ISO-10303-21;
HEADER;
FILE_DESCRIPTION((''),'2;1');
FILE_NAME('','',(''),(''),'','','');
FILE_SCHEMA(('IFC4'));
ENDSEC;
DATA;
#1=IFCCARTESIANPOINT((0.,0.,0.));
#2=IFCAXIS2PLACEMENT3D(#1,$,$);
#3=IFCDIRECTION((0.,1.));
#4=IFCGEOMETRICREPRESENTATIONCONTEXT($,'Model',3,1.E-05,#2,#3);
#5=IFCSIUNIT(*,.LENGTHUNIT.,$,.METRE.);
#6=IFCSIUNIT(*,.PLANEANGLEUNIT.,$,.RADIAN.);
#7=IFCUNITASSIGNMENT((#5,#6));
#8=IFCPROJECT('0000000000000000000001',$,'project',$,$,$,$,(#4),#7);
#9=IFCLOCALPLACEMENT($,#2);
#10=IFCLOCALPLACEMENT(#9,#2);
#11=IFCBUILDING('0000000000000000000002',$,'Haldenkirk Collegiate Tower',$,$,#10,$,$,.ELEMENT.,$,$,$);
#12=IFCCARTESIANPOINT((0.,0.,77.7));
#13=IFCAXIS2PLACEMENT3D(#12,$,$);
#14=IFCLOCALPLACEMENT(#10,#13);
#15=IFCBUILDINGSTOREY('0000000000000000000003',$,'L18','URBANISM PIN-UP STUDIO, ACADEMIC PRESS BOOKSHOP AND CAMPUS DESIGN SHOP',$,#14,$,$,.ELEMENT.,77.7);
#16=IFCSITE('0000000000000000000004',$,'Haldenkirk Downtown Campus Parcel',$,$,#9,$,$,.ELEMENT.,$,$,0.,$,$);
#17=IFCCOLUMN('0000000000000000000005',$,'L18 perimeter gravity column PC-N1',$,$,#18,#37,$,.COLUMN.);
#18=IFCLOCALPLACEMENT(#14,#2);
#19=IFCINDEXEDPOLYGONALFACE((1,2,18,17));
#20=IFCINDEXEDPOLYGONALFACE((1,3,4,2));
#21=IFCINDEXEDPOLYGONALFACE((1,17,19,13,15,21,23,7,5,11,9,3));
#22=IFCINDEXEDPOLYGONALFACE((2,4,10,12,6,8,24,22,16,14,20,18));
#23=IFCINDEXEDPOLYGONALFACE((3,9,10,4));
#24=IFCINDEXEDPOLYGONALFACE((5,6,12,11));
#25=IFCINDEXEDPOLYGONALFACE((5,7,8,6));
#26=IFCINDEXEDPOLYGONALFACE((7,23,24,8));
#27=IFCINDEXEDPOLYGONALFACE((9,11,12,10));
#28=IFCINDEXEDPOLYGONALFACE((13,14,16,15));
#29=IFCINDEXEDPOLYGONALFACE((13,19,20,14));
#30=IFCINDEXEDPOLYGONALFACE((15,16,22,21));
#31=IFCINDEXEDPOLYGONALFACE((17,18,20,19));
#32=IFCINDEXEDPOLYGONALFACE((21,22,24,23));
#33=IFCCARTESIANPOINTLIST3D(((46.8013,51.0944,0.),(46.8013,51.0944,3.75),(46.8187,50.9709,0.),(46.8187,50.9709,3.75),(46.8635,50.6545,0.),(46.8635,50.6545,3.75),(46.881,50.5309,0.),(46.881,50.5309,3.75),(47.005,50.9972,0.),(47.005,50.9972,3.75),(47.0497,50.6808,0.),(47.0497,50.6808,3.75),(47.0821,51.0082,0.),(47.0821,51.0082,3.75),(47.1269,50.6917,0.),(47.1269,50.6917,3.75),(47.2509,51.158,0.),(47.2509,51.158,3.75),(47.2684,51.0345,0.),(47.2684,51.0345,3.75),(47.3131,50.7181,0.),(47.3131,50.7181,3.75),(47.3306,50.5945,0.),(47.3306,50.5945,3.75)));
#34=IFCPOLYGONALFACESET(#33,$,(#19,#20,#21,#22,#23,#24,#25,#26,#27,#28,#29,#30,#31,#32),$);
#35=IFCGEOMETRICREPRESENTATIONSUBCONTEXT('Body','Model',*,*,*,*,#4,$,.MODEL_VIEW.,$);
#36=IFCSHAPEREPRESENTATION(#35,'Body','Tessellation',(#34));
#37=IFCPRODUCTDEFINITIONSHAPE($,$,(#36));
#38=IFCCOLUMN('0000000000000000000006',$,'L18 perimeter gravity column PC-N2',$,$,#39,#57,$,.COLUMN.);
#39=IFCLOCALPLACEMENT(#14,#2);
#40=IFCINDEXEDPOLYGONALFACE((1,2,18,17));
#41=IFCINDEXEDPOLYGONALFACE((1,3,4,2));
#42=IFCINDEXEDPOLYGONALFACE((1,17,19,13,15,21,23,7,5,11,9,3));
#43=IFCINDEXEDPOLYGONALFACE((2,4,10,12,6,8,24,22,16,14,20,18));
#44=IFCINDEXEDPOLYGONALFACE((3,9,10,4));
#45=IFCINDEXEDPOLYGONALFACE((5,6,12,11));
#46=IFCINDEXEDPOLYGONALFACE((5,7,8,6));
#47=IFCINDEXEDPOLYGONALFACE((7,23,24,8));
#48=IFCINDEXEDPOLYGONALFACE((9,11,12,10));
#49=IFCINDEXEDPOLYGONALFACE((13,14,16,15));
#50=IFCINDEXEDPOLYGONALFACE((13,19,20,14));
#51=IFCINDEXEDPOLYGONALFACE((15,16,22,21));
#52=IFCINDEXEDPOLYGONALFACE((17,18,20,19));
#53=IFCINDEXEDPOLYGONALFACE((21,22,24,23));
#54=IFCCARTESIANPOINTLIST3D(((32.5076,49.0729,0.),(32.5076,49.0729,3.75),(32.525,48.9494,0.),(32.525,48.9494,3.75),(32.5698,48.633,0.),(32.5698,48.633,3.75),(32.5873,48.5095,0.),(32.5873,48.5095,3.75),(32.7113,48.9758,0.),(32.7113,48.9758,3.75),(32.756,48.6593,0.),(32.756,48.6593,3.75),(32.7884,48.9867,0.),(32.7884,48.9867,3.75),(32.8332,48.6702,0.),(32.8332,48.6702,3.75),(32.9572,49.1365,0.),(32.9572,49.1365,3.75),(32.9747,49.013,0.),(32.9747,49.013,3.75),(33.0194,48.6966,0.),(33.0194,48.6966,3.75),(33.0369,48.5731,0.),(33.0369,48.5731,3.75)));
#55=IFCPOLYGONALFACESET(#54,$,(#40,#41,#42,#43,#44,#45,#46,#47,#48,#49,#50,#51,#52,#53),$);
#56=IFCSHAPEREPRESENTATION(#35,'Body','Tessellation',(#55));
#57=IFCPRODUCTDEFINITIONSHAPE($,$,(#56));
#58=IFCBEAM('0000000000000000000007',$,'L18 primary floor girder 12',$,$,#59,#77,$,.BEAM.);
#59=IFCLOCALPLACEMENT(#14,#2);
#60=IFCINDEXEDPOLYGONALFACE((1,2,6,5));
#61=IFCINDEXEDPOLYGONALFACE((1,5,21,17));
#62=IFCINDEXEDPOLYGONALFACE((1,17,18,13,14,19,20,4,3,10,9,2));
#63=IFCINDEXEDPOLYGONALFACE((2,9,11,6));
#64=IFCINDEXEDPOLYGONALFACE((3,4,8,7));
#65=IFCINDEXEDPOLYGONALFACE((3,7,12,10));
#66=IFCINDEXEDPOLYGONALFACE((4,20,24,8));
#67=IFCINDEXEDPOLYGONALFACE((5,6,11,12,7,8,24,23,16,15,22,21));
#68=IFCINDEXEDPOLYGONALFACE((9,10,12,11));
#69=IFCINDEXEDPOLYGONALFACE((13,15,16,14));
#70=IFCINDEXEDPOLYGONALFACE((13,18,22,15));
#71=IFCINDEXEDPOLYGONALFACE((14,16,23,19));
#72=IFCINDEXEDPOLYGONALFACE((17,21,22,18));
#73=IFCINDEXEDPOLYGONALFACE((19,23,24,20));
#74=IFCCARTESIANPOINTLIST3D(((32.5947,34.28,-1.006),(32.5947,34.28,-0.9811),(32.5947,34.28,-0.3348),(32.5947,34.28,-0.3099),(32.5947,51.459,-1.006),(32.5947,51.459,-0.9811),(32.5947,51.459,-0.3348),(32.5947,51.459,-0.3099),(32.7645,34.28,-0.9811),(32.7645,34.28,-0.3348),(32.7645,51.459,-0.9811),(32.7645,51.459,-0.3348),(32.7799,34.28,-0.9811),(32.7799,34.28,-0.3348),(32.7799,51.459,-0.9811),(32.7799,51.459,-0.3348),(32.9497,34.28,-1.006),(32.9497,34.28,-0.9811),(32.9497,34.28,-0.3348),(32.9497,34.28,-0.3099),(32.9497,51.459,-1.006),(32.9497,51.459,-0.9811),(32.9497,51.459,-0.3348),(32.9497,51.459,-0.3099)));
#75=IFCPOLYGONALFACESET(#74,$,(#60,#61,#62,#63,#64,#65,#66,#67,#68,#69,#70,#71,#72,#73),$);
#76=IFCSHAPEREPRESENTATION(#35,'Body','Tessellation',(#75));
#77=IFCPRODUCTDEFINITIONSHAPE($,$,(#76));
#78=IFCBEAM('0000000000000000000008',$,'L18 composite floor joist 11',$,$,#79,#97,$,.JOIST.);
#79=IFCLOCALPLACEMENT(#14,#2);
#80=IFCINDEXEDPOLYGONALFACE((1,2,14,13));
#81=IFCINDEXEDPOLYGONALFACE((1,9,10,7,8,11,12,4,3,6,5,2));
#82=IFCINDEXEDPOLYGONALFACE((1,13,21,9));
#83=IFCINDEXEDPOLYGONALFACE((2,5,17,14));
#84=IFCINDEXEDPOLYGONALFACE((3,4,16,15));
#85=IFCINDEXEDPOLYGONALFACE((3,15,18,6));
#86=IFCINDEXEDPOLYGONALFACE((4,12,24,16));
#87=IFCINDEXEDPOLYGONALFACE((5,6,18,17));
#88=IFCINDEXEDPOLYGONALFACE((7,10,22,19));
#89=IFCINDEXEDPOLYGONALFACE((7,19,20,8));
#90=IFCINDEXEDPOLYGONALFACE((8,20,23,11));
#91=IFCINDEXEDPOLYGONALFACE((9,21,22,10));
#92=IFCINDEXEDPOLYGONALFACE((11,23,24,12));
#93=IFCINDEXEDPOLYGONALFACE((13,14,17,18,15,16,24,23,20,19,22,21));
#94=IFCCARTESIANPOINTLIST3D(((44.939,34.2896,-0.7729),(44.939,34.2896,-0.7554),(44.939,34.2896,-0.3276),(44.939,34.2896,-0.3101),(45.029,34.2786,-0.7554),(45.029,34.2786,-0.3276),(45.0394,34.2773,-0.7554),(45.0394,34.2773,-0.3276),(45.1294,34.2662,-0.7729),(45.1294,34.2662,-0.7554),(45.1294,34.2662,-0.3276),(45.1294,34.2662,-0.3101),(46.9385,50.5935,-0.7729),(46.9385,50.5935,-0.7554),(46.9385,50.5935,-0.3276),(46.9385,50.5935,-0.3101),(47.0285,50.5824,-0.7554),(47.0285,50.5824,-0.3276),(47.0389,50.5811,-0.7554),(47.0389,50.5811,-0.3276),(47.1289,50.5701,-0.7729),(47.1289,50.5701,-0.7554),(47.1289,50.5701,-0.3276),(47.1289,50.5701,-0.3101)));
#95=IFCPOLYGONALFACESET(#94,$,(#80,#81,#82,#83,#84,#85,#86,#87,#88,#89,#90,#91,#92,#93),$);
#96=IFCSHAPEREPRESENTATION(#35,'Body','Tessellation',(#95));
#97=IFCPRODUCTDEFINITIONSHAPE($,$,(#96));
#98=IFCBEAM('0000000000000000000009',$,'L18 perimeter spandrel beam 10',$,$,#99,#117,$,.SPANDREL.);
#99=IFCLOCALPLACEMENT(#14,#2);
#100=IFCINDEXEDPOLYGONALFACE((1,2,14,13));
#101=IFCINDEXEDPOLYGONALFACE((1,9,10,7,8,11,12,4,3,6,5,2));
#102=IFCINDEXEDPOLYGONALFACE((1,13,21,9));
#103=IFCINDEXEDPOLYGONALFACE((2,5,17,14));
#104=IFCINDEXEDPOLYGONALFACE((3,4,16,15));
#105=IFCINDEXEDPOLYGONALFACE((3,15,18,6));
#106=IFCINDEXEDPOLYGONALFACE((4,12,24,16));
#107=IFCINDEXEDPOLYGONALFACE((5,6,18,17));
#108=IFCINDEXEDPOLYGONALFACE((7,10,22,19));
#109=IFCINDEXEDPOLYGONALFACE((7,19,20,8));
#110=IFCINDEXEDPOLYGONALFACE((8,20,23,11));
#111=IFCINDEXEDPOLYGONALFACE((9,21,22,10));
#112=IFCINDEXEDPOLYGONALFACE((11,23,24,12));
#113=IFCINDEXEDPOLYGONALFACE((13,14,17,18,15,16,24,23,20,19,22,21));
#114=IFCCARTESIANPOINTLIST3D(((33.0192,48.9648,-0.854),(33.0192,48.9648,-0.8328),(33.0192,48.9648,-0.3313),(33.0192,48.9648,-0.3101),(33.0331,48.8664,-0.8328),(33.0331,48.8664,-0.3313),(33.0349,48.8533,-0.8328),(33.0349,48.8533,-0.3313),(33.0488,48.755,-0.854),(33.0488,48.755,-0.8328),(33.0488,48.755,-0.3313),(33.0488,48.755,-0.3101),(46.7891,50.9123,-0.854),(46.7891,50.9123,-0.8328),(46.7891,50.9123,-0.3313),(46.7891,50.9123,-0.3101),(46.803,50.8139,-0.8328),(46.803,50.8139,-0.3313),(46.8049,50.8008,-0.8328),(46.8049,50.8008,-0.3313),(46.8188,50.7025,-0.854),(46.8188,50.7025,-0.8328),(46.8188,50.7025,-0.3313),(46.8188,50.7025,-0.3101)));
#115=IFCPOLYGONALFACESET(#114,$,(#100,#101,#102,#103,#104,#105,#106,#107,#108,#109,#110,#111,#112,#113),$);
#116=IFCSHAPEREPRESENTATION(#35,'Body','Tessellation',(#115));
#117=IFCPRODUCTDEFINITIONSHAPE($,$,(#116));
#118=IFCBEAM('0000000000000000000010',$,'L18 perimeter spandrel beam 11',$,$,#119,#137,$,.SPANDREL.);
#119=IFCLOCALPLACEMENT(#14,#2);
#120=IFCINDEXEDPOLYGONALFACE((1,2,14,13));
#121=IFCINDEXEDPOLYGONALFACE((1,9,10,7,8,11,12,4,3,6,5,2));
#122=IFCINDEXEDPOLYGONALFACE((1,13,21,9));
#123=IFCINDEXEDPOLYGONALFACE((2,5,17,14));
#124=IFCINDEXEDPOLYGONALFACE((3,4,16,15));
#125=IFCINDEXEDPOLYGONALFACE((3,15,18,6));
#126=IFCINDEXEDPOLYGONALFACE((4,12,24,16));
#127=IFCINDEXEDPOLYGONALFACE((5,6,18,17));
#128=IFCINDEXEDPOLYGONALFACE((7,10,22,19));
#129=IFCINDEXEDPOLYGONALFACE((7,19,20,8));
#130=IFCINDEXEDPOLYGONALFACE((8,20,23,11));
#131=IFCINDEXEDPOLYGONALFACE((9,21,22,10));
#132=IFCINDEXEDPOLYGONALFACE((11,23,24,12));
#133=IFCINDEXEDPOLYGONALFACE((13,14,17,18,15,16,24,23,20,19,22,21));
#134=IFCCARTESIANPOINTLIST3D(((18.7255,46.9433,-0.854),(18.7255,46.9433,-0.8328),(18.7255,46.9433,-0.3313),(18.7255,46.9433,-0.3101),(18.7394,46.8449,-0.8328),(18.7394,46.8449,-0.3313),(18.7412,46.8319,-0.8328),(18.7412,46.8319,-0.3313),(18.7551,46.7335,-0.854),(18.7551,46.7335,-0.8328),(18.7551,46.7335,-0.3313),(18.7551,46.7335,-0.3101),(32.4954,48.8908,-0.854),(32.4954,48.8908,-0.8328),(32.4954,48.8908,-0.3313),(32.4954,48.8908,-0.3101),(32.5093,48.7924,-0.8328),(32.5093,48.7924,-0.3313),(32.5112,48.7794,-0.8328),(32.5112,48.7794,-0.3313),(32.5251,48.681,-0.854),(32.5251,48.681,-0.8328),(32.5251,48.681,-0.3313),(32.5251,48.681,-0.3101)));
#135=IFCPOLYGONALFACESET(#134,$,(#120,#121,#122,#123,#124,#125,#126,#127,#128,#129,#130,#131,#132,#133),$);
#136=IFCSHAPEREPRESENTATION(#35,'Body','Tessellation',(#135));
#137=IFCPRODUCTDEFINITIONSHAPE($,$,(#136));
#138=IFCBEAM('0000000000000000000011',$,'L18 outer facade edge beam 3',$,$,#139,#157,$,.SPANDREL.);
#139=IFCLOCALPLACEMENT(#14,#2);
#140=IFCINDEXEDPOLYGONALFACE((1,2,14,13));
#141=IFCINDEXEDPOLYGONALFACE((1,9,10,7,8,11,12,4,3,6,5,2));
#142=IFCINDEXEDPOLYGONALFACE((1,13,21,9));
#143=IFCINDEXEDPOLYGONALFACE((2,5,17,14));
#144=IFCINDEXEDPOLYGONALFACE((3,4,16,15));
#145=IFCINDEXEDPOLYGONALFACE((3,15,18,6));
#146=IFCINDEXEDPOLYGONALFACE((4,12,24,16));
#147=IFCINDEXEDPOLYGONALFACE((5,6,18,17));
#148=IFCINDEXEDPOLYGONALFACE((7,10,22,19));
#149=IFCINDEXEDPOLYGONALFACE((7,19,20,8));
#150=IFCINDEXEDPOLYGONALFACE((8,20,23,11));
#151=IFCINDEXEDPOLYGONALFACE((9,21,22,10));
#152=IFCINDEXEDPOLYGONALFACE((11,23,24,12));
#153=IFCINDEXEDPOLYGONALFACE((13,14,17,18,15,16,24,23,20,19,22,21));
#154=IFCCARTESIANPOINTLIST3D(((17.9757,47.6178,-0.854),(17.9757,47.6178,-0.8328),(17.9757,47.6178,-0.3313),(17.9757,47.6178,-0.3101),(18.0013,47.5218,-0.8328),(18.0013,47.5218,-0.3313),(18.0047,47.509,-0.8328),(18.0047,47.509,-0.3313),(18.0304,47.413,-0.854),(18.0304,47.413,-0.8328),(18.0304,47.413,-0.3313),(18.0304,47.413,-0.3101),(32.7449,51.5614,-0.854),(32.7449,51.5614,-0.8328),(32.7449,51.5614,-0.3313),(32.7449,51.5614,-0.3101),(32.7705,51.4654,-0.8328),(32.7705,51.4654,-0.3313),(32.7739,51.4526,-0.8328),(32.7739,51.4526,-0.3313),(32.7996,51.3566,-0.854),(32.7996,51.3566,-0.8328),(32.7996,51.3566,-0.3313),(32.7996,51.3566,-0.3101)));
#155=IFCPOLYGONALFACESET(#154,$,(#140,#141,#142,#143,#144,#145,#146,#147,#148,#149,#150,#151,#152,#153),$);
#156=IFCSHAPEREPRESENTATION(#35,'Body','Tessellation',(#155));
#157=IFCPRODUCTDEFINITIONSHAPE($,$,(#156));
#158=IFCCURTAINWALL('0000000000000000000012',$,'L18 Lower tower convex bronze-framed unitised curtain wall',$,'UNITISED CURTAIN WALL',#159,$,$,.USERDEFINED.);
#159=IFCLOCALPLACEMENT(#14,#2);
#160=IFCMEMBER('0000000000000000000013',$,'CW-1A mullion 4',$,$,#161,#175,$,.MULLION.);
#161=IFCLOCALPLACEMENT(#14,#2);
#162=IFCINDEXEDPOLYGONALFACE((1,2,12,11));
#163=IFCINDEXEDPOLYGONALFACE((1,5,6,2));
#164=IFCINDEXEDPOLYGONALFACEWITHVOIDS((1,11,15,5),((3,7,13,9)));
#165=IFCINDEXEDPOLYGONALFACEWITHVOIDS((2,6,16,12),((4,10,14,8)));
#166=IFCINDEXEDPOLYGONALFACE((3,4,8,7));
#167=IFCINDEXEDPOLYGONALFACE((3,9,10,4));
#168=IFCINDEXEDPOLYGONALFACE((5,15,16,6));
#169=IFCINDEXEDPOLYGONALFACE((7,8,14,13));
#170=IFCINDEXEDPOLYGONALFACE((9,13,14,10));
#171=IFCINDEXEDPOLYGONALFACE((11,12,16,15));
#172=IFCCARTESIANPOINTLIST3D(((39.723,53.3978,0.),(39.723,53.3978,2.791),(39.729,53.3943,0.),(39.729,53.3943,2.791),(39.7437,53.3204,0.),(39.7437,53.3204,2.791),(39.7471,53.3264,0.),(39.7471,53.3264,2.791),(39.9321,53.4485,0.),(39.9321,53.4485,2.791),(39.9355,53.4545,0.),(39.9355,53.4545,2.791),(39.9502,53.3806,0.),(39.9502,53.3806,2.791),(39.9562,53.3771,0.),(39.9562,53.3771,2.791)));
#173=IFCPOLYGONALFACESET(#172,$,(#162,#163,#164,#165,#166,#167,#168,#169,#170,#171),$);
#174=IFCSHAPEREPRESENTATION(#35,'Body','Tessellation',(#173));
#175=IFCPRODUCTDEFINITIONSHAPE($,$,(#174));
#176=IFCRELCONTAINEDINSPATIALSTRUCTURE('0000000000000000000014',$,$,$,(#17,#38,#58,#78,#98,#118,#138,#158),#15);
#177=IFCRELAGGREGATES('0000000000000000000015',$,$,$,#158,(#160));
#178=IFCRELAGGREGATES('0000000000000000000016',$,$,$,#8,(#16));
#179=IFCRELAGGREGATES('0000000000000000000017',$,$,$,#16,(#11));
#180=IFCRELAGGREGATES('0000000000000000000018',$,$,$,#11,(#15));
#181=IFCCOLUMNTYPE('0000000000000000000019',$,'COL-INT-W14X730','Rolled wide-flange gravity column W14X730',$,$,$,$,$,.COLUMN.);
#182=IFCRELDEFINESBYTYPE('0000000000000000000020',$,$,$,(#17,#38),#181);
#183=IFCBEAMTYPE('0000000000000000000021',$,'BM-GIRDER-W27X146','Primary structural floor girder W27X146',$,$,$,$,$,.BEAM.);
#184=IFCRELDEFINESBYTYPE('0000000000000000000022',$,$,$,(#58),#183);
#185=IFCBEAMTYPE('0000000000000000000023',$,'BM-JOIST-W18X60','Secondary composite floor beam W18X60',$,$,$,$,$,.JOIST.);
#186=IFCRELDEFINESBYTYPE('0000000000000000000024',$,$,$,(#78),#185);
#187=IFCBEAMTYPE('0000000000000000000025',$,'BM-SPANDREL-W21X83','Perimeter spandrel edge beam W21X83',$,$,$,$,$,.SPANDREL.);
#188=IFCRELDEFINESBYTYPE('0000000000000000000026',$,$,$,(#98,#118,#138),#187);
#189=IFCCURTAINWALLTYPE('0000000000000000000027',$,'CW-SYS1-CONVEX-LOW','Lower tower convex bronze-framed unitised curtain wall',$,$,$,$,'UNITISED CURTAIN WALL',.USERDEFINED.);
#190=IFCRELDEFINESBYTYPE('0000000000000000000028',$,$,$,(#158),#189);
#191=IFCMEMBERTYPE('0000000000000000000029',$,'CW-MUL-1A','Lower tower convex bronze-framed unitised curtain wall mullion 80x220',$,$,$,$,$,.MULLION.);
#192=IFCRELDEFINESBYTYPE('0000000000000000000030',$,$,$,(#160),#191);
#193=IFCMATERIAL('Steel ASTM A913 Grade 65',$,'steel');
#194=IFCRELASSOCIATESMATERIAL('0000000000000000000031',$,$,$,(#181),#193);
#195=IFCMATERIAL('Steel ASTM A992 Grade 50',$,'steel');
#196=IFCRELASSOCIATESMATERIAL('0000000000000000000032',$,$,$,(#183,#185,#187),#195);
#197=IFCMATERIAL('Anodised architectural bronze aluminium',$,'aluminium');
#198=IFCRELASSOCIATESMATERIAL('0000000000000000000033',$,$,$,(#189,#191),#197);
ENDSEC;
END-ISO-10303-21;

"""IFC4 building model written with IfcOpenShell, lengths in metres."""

from ifc_helpers import new_model, si_unit, direction, frame, origin, origin_2d, place, context, subcontext, project, spatial, hollow_rectangle, i_section, extrude, material, material_profile, profile_set, type_object, element, aggregate, save


model = new_model("IFC4")

# Units and contexts
model_context = context("Model", 3, precision=1e-05, world=origin(), true_north=direction((0.0, 1.0)))
body_context = subcontext(model_context, "Body", "Model", "MODEL_VIEW")
ifc_project = project(units=[si_unit("LENGTHUNIT", "METRE"), si_unit("PLANEANGLEUNIT", "RADIAN")], contexts=[model_context])

# Site, building, storey
site_placement = place(None, origin())
site = spatial("IfcSite", under=ifc_project, at=site_placement, Name="Haldenkirk Downtown Campus Parcel", CompositionType="ELEMENT", RefElevation=0.0)
building_placement = place(site_placement, origin())
building = spatial("IfcBuilding", under=site, at=building_placement, Name="Haldenkirk Collegiate Tower", CompositionType="ELEMENT")
storey_placement = place(building_placement, frame((0.0, 0.0, 77.7)))
storey = spatial("IfcBuildingStorey", under=building, at=storey_placement, Name="L18", Description="URBANISM PIN-UP STUDIO, ACADEMIC PRESS BOOKSHOP AND CAMPUS DESIGN SHOP", CompositionType="ELEMENT", Elevation=77.7)

# Columns
ifc_material_1 = material(Name="Steel ASTM A913 Grade 65", Category="steel")
ifc_material_profile_1 = material_profile(ifc_material_1, i_section(OverallWidth=0.4541, OverallDepth=0.5691, WebThickness=0.0779, FlangeThickness=0.1248, at=origin_2d()), Name="W14X730")
ifc_profile_set_1 = profile_set([ifc_material_profile_1], Name="Steel ASTM A913 Grade 65")
column_type = type_object("IfcColumnType", Name="COL-INT-W14X730", Description="Rolled wide-flange gravity column W14X730", PredefinedType="COLUMN", material=ifc_profile_set_1)
for number, where, z_axis, x_axis, name in (
    (1, (47.0659, 50.8445, 0.0), (0.0, 0.0, 1.0), (0.990146, 0.140037, 0.0), "L18 perimeter gravity column PC-N1"),
    (2, (32.7722, 48.823, 0.0), (0.0, 0.0, 1.0), (0.990146, 0.140037, 0.0), "L18 perimeter gravity column PC-N2"),
):
    element("IfcColumn", number, at=place(storey_placement, frame(where, z_axis=z_axis, x_axis=x_axis)), inside=storey, type_object=column_type, Name=name, PredefinedType="COLUMN", context=body_context, shape_type="SweptSolid", body=[
        extrude(i_section(OverallWidth=0.4541, OverallDepth=0.5691, WebThickness=0.0779, FlangeThickness=0.1248, at=origin_2d()), origin(), (0.0, 0.0, 1.0), 3.75),
    ])

# Beams
ifc_material_2 = material(Name="Steel ASTM A992 Grade 50", Category="steel")
ifc_material_profile_2 = material_profile(ifc_material_2, i_section(OverallWidth=0.355, OverallDepth=0.696, WebThickness=0.0154, FlangeThickness=0.0249, at=origin_2d()), Name="W27X146")
ifc_profile_set_2 = profile_set([ifc_material_profile_2], Name="Steel ASTM A992 Grade 50")
beam_type_1 = type_object("IfcBeamType", Name="BM-GIRDER-W27X146", Description="Primary structural floor girder W27X146", PredefinedType="BEAM", material=ifc_profile_set_2)
beam_1_placement = place(storey_placement, frame((32.7722, 51.459, -0.658), z_axis=(0.0, -1.0, 0.0), x_axis=(1.0, 0.0, 0.0)))
element("IfcBeam", 3, at=beam_1_placement, inside=storey, type_object=beam_type_1, Name="L18 primary floor girder 12", PredefinedType="BEAM", context=body_context, shape_type="SweptSolid", body=[
    extrude(i_section(OverallWidth=0.355, OverallDepth=0.696, WebThickness=0.0154, FlangeThickness=0.0249, at=origin_2d()), origin(), (0.0, 0.0, 1.0), 17.179),
])
ifc_material_profile_3 = material_profile(ifc_material_2, i_section(OverallWidth=0.1919, OverallDepth=0.4629, WebThickness=0.0105, FlangeThickness=0.0176, at=origin_2d()), Name="W18X60")
ifc_profile_set_3 = profile_set([ifc_material_profile_3], Name="Steel ASTM A992 Grade 50")
beam_type_2 = type_object("IfcBeamType", Name="BM-JOIST-W18X60", Description="Secondary composite floor beam W18X60", PredefinedType="JOIST", material=ifc_profile_set_3)
beam_2_placement = place(storey_placement, frame((47.0337, 50.5818, -0.5415), z_axis=(-0.121728, -0.992564, 0.0), x_axis=(0.992564, -0.121728, 0.0)))
element("IfcBeam", 4, at=beam_2_placement, inside=storey, type_object=beam_type_2, Name="L18 composite floor joist 11", PredefinedType="JOIST", context=body_context, shape_type="SweptSolid", body=[
    extrude(i_section(OverallWidth=0.1919, OverallDepth=0.4629, WebThickness=0.0105, FlangeThickness=0.0176, at=origin_2d()), origin(), (0.0, 0.0, 1.0), 16.426),
])
ifc_material_profile_4 = material_profile(ifc_material_2, i_section(OverallWidth=0.2119, OverallDepth=0.5439, WebThickness=0.0132, FlangeThickness=0.0212, at=origin_2d()), Name="W21X83")
ifc_profile_set_4 = profile_set([ifc_material_profile_4], Name="Steel ASTM A992 Grade 50")
beam_type_3 = type_object("IfcBeamType", Name="BM-SPANDREL-W21X83", Description="Perimeter spandrel edge beam W21X83", PredefinedType="SPANDREL", material=ifc_profile_set_4)
for number, where, z_axis, x_axis, name in (
    (5, (46.804, 50.8074, -0.582), (-0.990146, -0.140038, 0.0), (0.140038, -0.990146, 0.0), "L18 perimeter spandrel beam 10"),
    (6, (32.5103, 48.7859, -0.582), (-0.990146, -0.140038, 0.0), (0.140038, -0.990146, 0.0), "L18 perimeter spandrel beam 11"),
):
    element("IfcBeam", number, at=place(storey_placement, frame(where, z_axis=z_axis, x_axis=x_axis)), inside=storey, type_object=beam_type_3, Name=name, PredefinedType="SPANDREL", context=body_context, shape_type="SweptSolid", body=[
        extrude(i_section(OverallWidth=0.2119, OverallDepth=0.5439, WebThickness=0.0132, FlangeThickness=0.0212, at=origin_2d()), origin(), (0.0, 0.0, 1.0), 13.907),
    ])
beam_3_placement = place(storey_placement, frame((32.7722, 51.459, -0.582), z_axis=(-0.966151, -0.257976, 0.0), x_axis=(0.257976, -0.966151, 0.0)))
element("IfcBeam", 7, at=beam_3_placement, inside=storey, type_object=beam_type_3, Name="L18 outer facade edge beam 3", PredefinedType="SPANDREL", context=body_context, shape_type="SweptSolid", body=[
    extrude(i_section(OverallWidth=0.2119, OverallDepth=0.5439, WebThickness=0.0132, FlangeThickness=0.0212, at=origin_2d()), origin(), (0.0, 0.0, 1.0), 15.2866),
])

# Curtain wall, member
ifc_material_3 = material(Name="Anodised architectural bronze aluminium", Category="aluminium")
curtain_wall_type = type_object("IfcCurtainWallType", Name="CW-SYS1-CONVEX-LOW", Description="Lower tower convex bronze-framed unitised curtain wall", ElementType="UNITISED CURTAIN WALL", PredefinedType="USERDEFINED", material=ifc_material_3)
curtain_wall_placement = place(storey_placement, origin())
curtain_wall = element("IfcCurtainWall", 8, at=curtain_wall_placement, inside=storey, type_object=curtain_wall_type, Name="L18 Lower tower convex bronze-framed unitised curtain wall", ObjectType="UNITISED CURTAIN WALL", PredefinedType="USERDEFINED")
ifc_material_profile_5 = material_profile(ifc_material_3, hollow_rectangle(XDim=0.0801, YDim=0.22, WallThickness=0.0049, at=origin_2d()), Name="CW-MUL-1A")
ifc_profile_set_5 = profile_set([ifc_material_profile_5], Name="Anodised architectural bronze aluminium")
member_type_1 = type_object("IfcMemberType", Name="CW-MUL-1A", Description="Lower tower convex bronze-framed unitised curtain wall mullion 80x220", PredefinedType="MULLION", material=ifc_profile_set_5)
member_1_placement = place(storey_placement, frame((39.8396, 53.3875, 0.0), z_axis=(0.0, 0.0, 1.0), x_axis=(-0.257974, 0.966152, 0.0)))
member_1 = element("IfcMember", 9, at=member_1_placement, type_object=member_type_1, Name="CW-1A mullion 4", PredefinedType="MULLION", context=body_context, shape_type="SweptSolid", body=[
    extrude(hollow_rectangle(XDim=0.0801, YDim=0.22, WallThickness=0.0049, at=origin_2d()), origin(), (0.0, 0.0, 1.0), 2.791),
])
aggregate(curtain_wall, [member_1])

save(model, "model.ifc")
